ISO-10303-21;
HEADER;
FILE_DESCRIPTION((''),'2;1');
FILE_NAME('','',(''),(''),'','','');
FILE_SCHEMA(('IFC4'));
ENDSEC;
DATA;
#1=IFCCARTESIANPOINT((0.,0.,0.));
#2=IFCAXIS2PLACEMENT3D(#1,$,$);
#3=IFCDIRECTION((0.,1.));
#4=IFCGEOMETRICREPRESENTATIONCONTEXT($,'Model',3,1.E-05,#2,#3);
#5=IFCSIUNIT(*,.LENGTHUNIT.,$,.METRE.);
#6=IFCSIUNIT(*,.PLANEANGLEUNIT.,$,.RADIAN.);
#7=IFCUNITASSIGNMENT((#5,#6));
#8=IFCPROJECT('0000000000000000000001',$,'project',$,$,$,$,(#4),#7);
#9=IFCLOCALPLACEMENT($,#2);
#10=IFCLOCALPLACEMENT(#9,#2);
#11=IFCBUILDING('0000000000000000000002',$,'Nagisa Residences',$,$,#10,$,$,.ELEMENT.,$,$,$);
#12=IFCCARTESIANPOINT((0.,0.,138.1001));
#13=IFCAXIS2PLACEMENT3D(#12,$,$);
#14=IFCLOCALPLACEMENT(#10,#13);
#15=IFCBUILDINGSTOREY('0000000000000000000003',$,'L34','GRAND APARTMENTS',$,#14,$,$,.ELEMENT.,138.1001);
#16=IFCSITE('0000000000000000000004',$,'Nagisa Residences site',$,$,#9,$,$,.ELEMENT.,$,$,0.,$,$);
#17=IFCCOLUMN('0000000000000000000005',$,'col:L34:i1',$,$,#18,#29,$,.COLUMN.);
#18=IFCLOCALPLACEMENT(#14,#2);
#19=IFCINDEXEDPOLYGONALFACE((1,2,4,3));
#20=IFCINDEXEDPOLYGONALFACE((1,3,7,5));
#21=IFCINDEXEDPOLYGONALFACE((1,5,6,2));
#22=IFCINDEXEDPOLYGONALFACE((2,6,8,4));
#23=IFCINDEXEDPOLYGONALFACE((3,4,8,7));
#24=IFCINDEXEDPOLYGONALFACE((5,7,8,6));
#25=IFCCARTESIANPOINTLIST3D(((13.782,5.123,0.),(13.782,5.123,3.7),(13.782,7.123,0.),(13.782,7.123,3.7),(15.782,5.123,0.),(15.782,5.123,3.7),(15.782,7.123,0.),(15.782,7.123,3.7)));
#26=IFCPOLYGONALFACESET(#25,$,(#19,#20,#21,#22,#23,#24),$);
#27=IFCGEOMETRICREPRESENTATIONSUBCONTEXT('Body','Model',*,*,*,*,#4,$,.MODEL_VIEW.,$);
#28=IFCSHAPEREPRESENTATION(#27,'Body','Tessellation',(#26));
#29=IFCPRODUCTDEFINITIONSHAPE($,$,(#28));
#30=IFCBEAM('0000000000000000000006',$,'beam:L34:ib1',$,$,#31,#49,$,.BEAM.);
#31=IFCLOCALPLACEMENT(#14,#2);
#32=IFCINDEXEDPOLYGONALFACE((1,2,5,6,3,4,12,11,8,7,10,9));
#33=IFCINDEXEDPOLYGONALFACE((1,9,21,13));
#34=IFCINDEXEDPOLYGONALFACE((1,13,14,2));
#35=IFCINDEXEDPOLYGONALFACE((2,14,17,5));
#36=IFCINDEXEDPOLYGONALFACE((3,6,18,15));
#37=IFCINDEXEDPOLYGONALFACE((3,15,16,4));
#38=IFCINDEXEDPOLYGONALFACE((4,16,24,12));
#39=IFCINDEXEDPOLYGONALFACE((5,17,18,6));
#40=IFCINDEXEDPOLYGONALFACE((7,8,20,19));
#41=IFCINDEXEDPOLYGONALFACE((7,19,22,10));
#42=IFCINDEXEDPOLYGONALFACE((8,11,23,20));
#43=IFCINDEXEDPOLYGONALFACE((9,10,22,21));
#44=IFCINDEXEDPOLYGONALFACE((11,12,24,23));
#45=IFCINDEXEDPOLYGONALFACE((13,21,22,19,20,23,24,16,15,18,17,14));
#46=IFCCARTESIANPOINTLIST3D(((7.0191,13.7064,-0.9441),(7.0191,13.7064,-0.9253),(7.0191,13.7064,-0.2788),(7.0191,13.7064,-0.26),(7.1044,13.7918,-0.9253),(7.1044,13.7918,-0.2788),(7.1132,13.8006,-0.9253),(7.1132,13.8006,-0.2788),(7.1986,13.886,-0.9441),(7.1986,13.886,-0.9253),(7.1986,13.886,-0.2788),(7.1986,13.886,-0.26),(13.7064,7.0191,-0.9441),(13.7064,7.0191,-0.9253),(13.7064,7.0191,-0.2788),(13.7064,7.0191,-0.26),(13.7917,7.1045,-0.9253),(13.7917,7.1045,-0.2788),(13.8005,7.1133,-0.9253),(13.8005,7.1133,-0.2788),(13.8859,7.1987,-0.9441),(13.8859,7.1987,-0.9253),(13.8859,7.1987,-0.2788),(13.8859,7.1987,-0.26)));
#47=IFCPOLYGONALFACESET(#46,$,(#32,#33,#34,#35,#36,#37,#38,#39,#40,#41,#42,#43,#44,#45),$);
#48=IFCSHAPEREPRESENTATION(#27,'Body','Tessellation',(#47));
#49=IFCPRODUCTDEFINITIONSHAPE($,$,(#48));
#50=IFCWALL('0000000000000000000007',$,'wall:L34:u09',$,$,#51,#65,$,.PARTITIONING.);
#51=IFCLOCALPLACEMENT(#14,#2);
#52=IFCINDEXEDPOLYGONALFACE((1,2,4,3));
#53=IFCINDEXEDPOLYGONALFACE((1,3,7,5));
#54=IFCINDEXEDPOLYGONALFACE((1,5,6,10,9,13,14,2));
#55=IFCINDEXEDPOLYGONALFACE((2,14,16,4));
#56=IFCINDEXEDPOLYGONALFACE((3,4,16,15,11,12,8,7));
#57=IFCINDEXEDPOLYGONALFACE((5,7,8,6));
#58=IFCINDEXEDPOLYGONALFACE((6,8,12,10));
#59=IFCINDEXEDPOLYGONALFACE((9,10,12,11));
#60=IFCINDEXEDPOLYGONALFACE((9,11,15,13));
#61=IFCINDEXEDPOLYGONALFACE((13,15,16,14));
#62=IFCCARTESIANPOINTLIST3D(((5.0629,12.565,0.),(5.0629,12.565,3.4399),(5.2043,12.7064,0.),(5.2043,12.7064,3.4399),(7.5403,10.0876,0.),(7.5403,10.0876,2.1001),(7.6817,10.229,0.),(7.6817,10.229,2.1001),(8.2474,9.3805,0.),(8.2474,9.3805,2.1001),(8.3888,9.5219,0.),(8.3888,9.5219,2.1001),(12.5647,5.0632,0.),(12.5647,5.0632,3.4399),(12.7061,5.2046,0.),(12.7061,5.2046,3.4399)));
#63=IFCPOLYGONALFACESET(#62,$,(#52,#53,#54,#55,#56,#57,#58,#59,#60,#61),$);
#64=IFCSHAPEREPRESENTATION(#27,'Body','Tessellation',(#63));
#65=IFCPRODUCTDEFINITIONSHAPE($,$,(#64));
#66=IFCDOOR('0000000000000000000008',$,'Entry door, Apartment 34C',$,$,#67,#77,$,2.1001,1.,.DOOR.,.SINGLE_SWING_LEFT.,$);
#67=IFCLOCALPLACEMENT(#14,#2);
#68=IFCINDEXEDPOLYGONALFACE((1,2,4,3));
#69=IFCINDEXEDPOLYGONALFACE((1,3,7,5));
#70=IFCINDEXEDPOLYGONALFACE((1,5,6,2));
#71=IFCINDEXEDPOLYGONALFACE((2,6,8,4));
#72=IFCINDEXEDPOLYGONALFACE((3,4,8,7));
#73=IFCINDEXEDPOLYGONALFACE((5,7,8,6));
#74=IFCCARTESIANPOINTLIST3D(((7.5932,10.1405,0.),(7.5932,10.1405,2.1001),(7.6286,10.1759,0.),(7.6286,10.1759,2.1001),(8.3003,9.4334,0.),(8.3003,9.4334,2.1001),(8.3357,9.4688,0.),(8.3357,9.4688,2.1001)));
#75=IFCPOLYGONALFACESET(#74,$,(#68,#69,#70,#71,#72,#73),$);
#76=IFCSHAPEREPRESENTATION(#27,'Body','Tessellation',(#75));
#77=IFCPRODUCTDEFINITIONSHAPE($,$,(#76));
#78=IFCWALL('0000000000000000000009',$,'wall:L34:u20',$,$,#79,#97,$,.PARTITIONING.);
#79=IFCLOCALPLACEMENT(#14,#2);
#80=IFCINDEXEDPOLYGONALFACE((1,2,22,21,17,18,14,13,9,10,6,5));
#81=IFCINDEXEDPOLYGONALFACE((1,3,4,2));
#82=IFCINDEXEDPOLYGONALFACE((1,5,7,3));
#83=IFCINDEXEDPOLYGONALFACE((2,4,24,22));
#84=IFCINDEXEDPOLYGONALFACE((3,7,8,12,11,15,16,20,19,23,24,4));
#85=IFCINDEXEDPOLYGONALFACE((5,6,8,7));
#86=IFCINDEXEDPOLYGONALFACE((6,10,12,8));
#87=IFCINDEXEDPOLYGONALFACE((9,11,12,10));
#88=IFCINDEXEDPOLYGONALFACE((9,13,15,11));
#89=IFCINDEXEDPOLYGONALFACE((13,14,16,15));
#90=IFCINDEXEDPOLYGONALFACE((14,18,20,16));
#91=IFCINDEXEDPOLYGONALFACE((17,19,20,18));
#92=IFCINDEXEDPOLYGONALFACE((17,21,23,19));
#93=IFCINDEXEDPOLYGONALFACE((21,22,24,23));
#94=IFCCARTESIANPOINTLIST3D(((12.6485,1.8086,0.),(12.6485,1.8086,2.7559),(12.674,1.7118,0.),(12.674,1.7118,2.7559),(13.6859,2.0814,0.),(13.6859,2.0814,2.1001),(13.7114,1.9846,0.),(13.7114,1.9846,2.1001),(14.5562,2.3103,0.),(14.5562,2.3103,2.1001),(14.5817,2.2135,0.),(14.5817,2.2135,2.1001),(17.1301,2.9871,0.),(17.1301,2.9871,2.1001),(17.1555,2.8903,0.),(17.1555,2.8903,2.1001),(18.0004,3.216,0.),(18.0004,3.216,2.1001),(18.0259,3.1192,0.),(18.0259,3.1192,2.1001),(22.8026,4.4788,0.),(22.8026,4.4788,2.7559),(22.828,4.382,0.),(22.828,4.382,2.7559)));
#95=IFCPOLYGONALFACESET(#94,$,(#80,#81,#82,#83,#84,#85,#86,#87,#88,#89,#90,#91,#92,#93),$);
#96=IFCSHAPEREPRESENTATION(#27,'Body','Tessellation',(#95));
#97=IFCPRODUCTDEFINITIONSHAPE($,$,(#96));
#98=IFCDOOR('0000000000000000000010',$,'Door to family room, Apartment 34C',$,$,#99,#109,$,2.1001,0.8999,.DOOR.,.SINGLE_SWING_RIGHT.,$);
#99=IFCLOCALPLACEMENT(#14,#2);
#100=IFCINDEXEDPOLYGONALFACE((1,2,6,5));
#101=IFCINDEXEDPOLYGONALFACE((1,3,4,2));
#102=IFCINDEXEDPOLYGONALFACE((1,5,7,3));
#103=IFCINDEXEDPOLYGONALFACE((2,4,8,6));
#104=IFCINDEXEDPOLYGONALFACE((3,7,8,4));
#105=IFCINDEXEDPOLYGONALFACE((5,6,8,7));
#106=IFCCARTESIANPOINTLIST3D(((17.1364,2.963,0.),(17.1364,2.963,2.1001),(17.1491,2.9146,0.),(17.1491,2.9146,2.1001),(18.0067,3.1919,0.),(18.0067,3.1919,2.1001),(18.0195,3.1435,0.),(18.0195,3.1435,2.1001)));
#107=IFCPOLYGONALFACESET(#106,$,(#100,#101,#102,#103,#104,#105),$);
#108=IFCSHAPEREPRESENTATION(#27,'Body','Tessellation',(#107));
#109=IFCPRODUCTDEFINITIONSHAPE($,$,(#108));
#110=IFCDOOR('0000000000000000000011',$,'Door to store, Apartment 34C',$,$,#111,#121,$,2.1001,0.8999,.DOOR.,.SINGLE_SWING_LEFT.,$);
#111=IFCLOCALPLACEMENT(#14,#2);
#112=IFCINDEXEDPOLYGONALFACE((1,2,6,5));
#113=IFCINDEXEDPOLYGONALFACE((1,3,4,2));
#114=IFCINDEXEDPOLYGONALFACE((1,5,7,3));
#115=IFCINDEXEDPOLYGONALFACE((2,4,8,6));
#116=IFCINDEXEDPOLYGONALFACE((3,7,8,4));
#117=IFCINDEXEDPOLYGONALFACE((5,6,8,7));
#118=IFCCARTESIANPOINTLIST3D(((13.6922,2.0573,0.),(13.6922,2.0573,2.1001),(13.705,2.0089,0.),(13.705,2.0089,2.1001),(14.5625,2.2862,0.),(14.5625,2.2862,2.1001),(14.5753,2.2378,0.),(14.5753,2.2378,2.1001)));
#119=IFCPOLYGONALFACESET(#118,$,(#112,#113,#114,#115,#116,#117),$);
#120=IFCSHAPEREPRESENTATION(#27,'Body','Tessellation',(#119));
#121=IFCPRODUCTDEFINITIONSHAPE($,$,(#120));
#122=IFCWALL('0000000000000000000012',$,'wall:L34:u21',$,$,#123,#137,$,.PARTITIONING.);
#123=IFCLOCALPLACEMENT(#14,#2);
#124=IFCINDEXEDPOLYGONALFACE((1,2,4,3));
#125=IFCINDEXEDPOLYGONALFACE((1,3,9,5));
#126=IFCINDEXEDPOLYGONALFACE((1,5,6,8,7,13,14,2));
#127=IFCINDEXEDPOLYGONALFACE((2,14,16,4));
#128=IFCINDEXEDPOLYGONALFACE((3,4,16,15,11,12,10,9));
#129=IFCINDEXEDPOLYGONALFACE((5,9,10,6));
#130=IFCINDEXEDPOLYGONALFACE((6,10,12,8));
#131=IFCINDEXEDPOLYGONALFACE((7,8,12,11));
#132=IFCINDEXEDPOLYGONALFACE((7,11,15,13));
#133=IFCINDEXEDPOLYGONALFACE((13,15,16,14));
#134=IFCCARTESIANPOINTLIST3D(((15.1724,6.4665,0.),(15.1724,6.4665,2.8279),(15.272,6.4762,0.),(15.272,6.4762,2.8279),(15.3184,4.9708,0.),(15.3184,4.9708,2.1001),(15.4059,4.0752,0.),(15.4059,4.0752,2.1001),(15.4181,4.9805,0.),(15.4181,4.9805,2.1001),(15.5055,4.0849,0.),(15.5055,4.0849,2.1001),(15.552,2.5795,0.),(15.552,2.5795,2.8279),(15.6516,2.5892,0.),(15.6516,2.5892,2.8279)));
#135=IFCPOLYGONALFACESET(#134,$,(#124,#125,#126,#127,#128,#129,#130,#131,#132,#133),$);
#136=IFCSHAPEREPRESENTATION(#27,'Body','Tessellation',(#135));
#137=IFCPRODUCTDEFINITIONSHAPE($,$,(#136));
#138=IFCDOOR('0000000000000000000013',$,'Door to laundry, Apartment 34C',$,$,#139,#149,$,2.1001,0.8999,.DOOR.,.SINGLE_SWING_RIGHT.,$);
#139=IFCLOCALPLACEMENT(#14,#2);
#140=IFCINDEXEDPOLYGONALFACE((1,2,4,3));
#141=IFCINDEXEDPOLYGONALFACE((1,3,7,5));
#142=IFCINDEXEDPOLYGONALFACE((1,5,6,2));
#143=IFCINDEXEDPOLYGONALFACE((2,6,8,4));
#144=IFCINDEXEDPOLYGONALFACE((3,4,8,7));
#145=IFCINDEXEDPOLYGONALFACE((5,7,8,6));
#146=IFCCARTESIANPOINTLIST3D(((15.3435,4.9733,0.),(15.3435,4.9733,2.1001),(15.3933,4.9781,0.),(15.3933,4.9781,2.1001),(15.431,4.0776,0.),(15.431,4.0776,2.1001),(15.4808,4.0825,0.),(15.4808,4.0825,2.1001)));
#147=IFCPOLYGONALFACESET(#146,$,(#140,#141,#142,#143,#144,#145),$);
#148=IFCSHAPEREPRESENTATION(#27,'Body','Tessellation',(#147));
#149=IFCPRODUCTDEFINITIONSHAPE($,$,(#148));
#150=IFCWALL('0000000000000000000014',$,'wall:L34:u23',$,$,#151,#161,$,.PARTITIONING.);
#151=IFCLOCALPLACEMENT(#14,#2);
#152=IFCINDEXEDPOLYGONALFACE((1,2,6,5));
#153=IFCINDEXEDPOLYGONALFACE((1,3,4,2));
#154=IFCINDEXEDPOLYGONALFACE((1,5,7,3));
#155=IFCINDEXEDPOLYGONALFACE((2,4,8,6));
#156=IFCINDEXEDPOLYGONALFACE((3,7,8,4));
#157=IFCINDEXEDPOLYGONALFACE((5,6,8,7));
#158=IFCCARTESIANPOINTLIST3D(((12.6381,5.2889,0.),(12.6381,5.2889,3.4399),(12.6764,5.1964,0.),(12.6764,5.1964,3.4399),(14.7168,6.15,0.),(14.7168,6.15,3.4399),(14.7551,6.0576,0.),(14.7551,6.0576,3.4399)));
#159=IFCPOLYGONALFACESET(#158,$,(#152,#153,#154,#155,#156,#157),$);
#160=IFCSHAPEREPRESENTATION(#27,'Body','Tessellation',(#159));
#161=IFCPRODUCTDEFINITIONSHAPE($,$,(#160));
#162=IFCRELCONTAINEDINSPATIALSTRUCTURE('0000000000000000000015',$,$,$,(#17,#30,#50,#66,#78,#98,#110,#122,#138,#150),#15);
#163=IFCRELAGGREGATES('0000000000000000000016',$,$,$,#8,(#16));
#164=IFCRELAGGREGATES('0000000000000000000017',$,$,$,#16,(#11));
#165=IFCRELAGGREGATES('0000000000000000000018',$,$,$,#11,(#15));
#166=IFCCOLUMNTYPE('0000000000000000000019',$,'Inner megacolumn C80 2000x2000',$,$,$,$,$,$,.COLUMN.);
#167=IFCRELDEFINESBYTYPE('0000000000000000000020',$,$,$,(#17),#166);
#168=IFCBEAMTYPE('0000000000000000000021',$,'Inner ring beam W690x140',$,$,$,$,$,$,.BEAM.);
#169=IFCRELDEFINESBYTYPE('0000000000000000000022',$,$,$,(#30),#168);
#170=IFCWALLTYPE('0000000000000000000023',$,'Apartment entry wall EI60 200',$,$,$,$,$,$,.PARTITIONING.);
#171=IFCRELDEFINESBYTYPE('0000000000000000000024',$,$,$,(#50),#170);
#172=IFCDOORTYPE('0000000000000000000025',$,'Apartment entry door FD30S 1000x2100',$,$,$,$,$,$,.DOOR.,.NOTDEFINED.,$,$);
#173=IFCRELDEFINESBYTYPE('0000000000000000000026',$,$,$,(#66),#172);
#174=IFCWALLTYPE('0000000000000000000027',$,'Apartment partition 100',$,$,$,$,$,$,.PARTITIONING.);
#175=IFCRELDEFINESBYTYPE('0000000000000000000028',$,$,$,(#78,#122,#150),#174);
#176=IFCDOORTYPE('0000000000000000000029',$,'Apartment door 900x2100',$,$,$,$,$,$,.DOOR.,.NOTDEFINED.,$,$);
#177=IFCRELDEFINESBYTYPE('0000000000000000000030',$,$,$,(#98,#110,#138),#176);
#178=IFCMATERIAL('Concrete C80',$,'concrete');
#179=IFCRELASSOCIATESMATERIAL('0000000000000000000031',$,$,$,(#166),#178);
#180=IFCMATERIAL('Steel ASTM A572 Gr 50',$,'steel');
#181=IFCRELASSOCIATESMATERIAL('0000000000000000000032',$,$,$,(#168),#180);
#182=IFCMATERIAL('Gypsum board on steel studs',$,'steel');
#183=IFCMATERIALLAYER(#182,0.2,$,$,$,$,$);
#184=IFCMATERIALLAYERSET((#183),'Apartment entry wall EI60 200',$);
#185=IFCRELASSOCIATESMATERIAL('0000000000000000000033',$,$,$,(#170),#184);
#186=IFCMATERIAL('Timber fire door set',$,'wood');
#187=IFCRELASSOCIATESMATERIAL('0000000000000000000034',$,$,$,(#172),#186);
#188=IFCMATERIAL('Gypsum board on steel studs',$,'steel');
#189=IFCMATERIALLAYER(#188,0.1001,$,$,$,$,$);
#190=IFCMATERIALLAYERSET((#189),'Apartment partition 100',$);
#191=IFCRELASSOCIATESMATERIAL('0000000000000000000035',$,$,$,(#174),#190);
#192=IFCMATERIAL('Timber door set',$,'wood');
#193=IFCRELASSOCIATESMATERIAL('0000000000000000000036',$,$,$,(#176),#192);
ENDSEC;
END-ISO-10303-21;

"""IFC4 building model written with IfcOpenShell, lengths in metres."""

from ifc_helpers import new_model, si_unit, direction, frame, frame_2d, origin, origin_2d, place, context, subcontext, project, spatial, rectangle, i_section, extrude, material, layer, layer_set, material_profile, profile_set, type_object, element, fill, save


model = new_model("IFC4")

# Units and contexts
model_context = context("Model", 3, precision=1e-05, world=origin(), true_north=direction((0.0, 1.0)))
body_context = subcontext(model_context, "Body", "Model", "MODEL_VIEW")
ifc_project = project(units=[si_unit("LENGTHUNIT", "METRE"), si_unit("PLANEANGLEUNIT", "RADIAN")], contexts=[model_context])

# Site, building, storey
site_placement = place(None, origin())
site = spatial("IfcSite", under=ifc_project, at=site_placement, Name="Nagisa Residences site", CompositionType="ELEMENT", RefElevation=0.0)
building_placement = place(site_placement, origin())
building = spatial("IfcBuilding", under=site, at=building_placement, Name="Nagisa Residences", CompositionType="ELEMENT")
storey_placement = place(building_placement, frame((0.0, 0.0, 138.1001)))
storey = spatial("IfcBuildingStorey", under=building, at=storey_placement, Name="L34", Description="GRAND APARTMENTS", CompositionType="ELEMENT", Elevation=138.1001)

# Column
ifc_material_1 = material(Name="Concrete C80", Category="concrete")
ifc_material_profile_1 = material_profile(ifc_material_1, rectangle(XDim=2.0, YDim=2.0, at=origin_2d()), Name="C80 2000x2000")
ifc_profile_set_1 = profile_set([ifc_material_profile_1], Name="Concrete C80")
column_type = type_object("IfcColumnType", Name="Inner megacolumn C80 2000x2000", PredefinedType="COLUMN", material=ifc_profile_set_1)
column_placement = place(storey_placement, frame((14.782, 6.123, 0.0), z_axis=(0.0, 0.0, 1.0), x_axis=(1.0, 0.0, 0.0)))
element("IfcColumn", 1, at=column_placement, inside=storey, type_object=column_type, Name="col:L34:i1", PredefinedType="COLUMN", context=body_context, shape_type="SweptSolid", body=[
    extrude(rectangle(XDim=2.0, YDim=2.0, at=origin_2d()), origin(), (0.0, 0.0, 1.0), 3.7),
])

# Beam
ifc_material_2 = material(Name="Steel ASTM A572 Gr 50", Category="steel")
ifc_material_profile_2 = material_profile(ifc_material_2, i_section(OverallWidth=0.2539, OverallDepth=0.6841, WebThickness=0.0125, FlangeThickness=0.0188, at=origin_2d()), Name="W690x140")
ifc_profile_set_2 = profile_set([ifc_material_profile_2], Name="Steel ASTM A572 Gr 50")
beam_type = type_object("IfcBeamType", Name="Inner ring beam W690x140", PredefinedType="BEAM", material=ifc_profile_set_2)
beam_placement = place(storey_placement, frame((13.7961, 7.1089, -0.6021), z_axis=(-0.707107, 0.707107, 0.0), x_axis=(-0.707107, -0.707107, 0.0)))
element("IfcBeam", 2, at=beam_placement, inside=storey, type_object=beam_type, Name="beam:L34:ib1", PredefinedType="BEAM", context=body_context, shape_type="SweptSolid", body=[
    extrude(i_section(OverallWidth=0.2539, OverallDepth=0.6841, WebThickness=0.0125, FlangeThickness=0.0188, at=origin_2d()), origin(), (0.0, 0.0, 1.0), 9.4573),
])

# Wall, opening, door
ifc_material_3 = material(Name="Gypsum board on steel studs", Category="steel")
ifc_layer_1 = layer(ifc_material_3, 0.2)
ifc_layer_set_1 = layer_set([ifc_layer_1], Name="Apartment entry wall EI60 200")
wall_type_1 = type_object("IfcWallType", Name="Apartment entry wall EI60 200", PredefinedType="PARTITIONING", material=ifc_layer_set_1)
wall_1_placement = place(storey_placement, frame((12.6355, 5.1338, 0.0), z_axis=(0.0, 0.0, 1.0), x_axis=(-0.707107, 0.707107, 0.0)))
wall_1 = element("IfcWall", 3, at=wall_1_placement, inside=storey, type_object=wall_type_1, Name="wall:L34:u09", PredefinedType="PARTITIONING", context=body_context, shape_type="SweptSolid", body=[
    extrude(rectangle(XDim=10.6091, YDim=0.2, at=frame_2d((5.3047, 0.0))), origin(), (0.0, 0.0, 1.0), 3.4399),
])
opening_1_placement = place(wall_1_placement, frame((6.1057, 0.0, 0.0)))
opening_1 = element("IfcOpeningElement", 4, at=opening_1_placement, cuts=wall_1, PredefinedType="OPENING", context=body_context, shape_type="SweptSolid", body=[
    extrude(rectangle(XDim=1.0, YDim=2.1001, at=frame_2d((0.5, 1.05))), frame((0.0, 0.1099, 0.0), z_axis=(0.0, -1.0, 0.0), x_axis=(1.0, 0.0, 0.0)), (0.0, 0.0, 1.0), 0.22),
])
ifc_material_4 = material(Name="Timber fire door set", Category="wood")
door_type_1 = type_object("IfcDoorType", Name="Apartment entry door FD30S 1000x2100", OperationType="NOTDEFINED", PredefinedType="DOOR", material=ifc_material_4)
door_1_placement = place(opening_1_placement, frame((1.0, 0.0, 0.0), x_axis=(-1.0, 0.0, 0.0)))
door_1 = element("IfcDoor", 5, at=door_1_placement, inside=storey, type_object=door_type_1, Name="Entry door, Apartment 34C", OperationType="SINGLE_SWING_LEFT", OverallHeight=2.1001, OverallWidth=1.0, PredefinedType="DOOR", context=body_context, shape_type="SweptSolid", body=[
    extrude(rectangle(XDim=1.0, YDim=2.1001, at=frame_2d((0.5, 1.05))), frame((0.0, 0.0249, 0.0), z_axis=(0.0, -1.0, 0.0), x_axis=(1.0, 0.0, 0.0)), (0.0, 0.0, 1.0), 0.05),
])
fill(opening_1, door_1)

# Wall, openings, doors
ifc_material_5 = material(Name="Gypsum board on steel studs", Category="steel")
ifc_layer_2 = layer(ifc_material_5, 0.1001)
ifc_layer_set_2 = layer_set([ifc_layer_2], Name="Apartment partition 100")
wall_type_2 = type_object("IfcWallType", Name="Apartment partition 100", PredefinedType="PARTITIONING", material=ifc_layer_set_2)
wall_2_placement = place(storey_placement, frame((12.6614, 1.7603, 0.0), z_axis=(0.0, 0.0, 1.0), x_axis=(0.96712, 0.254319, 0.0)))
wall_2 = element("IfcWall", 6, at=wall_2_placement, inside=storey, type_object=wall_type_2, Name="wall:L34:u20", PredefinedType="PARTITIONING", context=body_context, shape_type="SweptSolid", body=[
    extrude(rectangle(XDim=10.4993, YDim=0.1001, at=frame_2d((5.2495, 0.0))), origin(), (0.0, 0.0, 1.0), 2.7559),
])
opening_2_placement = place(wall_2_placement, frame((4.6338, 0.0, 0.0)))
opening_2 = element("IfcOpeningElement", 7, at=opening_2_placement, cuts=wall_2, PredefinedType="OPENING", context=body_context, shape_type="SweptSolid", body=[
    extrude(rectangle(XDim=0.8999, YDim=2.1001, at=frame_2d((0.45, 1.05))), frame((0.0, 0.0601, 0.0), z_axis=(0.0, -1.0, 0.0), x_axis=(1.0, 0.0, 0.0)), (0.0, 0.0, 1.0), 0.1201),
])
opening_3_placement = place(wall_2_placement, frame((1.0725, 0.0, 0.0)))
opening_3 = element("IfcOpeningElement", 8, at=opening_3_placement, cuts=wall_2, PredefinedType="OPENING", context=body_context, shape_type="SweptSolid", body=[
    extrude(rectangle(XDim=0.8999, YDim=2.1001, at=frame_2d((0.45, 1.05))), frame((0.0, 0.0601, 0.0), z_axis=(0.0, -1.0, 0.0), x_axis=(1.0, 0.0, 0.0)), (0.0, 0.0, 1.0), 0.1201),
])
ifc_material_6 = material(Name="Timber door set", Category="wood")
door_type_2 = type_object("IfcDoorType", Name="Apartment door 900x2100", OperationType="NOTDEFINED", PredefinedType="DOOR", material=ifc_material_6)
door_2_placement = place(opening_2_placement, frame((0.8999, 0.0, 0.0), x_axis=(-1.0, 0.0, 0.0)))
door_2 = element("IfcDoor", 9, at=door_2_placement, inside=storey, type_object=door_type_2, Name="Door to family room, Apartment 34C", OperationType="SINGLE_SWING_RIGHT", OverallHeight=2.1001, OverallWidth=0.8999, PredefinedType="DOOR", context=body_context, shape_type="SweptSolid", body=[
    extrude(rectangle(XDim=0.8999, YDim=2.1001, at=frame_2d((0.45, 1.05))), frame((0.0, 0.0249, 0.0), z_axis=(0.0, -1.0, 0.0), x_axis=(1.0, 0.0, 0.0)), (0.0, 0.0, 1.0), 0.05),
])
fill(opening_2, door_2)
door_3_placement = place(opening_3_placement, frame((0.8999, 0.0, 0.0), x_axis=(-1.0, 0.0, 0.0)))
door_3 = element("IfcDoor", 10, at=door_3_placement, inside=storey, type_object=door_type_2, Name="Door to store, Apartment 34C", OperationType="SINGLE_SWING_LEFT", OverallHeight=2.1001, OverallWidth=0.8999, PredefinedType="DOOR", context=body_context, shape_type="SweptSolid", body=[
    extrude(rectangle(XDim=0.8999, YDim=2.1001, at=frame_2d((0.45, 1.05))), frame((0.0, 0.0249, 0.0), z_axis=(0.0, -1.0, 0.0), x_axis=(1.0, 0.0, 0.0)), (0.0, 0.0, 1.0), 0.05),
])
fill(opening_3, door_3)

# Wall, opening, door
wall_3_placement = place(storey_placement, frame((15.6018, 2.5845, 0.0), z_axis=(0.0, 0.0, 1.0), x_axis=(-0.097207, 0.995264, 0.0)))
wall_3 = element("IfcWall", 11, at=wall_3_placement, inside=storey, type_object=wall_type_2, Name="wall:L34:u21", PredefinedType="PARTITIONING", context=body_context, shape_type="SweptSolid", body=[
    extrude(rectangle(XDim=3.9055, YDim=0.1001, at=frame_2d((1.9526, 0.0))), origin(), (0.0, 0.0, 1.0), 2.8279),
])
opening_4_placement = place(wall_3_placement, frame((1.5027, 0.0, 0.0)))
opening_4 = element("IfcOpeningElement", 12, at=opening_4_placement, cuts=wall_3, PredefinedType="OPENING", context=body_context, shape_type="SweptSolid", body=[
    extrude(rectangle(XDim=0.8999, YDim=2.1001, at=frame_2d((0.45, 1.05))), frame((0.0, 0.0601, 0.0), z_axis=(0.0, -1.0, 0.0), x_axis=(1.0, 0.0, 0.0)), (0.0, 0.0, 1.0), 0.1201),
])
door_4_placement = place(opening_4_placement, origin())
door_4 = element("IfcDoor", 13, at=door_4_placement, inside=storey, type_object=door_type_2, Name="Door to laundry, Apartment 34C", OperationType="SINGLE_SWING_RIGHT", OverallHeight=2.1001, OverallWidth=0.8999, PredefinedType="DOOR", context=body_context, shape_type="SweptSolid", body=[
    extrude(rectangle(XDim=0.8999, YDim=2.1001, at=frame_2d((0.45, 1.05))), frame((0.0, 0.0249, 0.0), z_axis=(0.0, -1.0, 0.0), x_axis=(1.0, 0.0, 0.0)), (0.0, 0.0, 1.0), 0.05),
])
fill(opening_4, door_4)

# Wall
wall_4_placement = place(storey_placement, frame((12.6572, 5.2427, 0.0), z_axis=(0.0, 0.0, 1.0), x_axis=(0.923865, 0.382719, 0.0)))
element("IfcWall", 14, at=wall_4_placement, inside=storey, type_object=wall_type_2, Name="wall:L34:u23", PredefinedType="PARTITIONING", context=body_context, shape_type="SweptSolid", body=[
    extrude(rectangle(XDim=2.25, YDim=0.1001, at=frame_2d((1.125, 0.0))), origin(), (0.0, 0.0, 1.0), 3.4399),
])

save(model, "model.ifc")
